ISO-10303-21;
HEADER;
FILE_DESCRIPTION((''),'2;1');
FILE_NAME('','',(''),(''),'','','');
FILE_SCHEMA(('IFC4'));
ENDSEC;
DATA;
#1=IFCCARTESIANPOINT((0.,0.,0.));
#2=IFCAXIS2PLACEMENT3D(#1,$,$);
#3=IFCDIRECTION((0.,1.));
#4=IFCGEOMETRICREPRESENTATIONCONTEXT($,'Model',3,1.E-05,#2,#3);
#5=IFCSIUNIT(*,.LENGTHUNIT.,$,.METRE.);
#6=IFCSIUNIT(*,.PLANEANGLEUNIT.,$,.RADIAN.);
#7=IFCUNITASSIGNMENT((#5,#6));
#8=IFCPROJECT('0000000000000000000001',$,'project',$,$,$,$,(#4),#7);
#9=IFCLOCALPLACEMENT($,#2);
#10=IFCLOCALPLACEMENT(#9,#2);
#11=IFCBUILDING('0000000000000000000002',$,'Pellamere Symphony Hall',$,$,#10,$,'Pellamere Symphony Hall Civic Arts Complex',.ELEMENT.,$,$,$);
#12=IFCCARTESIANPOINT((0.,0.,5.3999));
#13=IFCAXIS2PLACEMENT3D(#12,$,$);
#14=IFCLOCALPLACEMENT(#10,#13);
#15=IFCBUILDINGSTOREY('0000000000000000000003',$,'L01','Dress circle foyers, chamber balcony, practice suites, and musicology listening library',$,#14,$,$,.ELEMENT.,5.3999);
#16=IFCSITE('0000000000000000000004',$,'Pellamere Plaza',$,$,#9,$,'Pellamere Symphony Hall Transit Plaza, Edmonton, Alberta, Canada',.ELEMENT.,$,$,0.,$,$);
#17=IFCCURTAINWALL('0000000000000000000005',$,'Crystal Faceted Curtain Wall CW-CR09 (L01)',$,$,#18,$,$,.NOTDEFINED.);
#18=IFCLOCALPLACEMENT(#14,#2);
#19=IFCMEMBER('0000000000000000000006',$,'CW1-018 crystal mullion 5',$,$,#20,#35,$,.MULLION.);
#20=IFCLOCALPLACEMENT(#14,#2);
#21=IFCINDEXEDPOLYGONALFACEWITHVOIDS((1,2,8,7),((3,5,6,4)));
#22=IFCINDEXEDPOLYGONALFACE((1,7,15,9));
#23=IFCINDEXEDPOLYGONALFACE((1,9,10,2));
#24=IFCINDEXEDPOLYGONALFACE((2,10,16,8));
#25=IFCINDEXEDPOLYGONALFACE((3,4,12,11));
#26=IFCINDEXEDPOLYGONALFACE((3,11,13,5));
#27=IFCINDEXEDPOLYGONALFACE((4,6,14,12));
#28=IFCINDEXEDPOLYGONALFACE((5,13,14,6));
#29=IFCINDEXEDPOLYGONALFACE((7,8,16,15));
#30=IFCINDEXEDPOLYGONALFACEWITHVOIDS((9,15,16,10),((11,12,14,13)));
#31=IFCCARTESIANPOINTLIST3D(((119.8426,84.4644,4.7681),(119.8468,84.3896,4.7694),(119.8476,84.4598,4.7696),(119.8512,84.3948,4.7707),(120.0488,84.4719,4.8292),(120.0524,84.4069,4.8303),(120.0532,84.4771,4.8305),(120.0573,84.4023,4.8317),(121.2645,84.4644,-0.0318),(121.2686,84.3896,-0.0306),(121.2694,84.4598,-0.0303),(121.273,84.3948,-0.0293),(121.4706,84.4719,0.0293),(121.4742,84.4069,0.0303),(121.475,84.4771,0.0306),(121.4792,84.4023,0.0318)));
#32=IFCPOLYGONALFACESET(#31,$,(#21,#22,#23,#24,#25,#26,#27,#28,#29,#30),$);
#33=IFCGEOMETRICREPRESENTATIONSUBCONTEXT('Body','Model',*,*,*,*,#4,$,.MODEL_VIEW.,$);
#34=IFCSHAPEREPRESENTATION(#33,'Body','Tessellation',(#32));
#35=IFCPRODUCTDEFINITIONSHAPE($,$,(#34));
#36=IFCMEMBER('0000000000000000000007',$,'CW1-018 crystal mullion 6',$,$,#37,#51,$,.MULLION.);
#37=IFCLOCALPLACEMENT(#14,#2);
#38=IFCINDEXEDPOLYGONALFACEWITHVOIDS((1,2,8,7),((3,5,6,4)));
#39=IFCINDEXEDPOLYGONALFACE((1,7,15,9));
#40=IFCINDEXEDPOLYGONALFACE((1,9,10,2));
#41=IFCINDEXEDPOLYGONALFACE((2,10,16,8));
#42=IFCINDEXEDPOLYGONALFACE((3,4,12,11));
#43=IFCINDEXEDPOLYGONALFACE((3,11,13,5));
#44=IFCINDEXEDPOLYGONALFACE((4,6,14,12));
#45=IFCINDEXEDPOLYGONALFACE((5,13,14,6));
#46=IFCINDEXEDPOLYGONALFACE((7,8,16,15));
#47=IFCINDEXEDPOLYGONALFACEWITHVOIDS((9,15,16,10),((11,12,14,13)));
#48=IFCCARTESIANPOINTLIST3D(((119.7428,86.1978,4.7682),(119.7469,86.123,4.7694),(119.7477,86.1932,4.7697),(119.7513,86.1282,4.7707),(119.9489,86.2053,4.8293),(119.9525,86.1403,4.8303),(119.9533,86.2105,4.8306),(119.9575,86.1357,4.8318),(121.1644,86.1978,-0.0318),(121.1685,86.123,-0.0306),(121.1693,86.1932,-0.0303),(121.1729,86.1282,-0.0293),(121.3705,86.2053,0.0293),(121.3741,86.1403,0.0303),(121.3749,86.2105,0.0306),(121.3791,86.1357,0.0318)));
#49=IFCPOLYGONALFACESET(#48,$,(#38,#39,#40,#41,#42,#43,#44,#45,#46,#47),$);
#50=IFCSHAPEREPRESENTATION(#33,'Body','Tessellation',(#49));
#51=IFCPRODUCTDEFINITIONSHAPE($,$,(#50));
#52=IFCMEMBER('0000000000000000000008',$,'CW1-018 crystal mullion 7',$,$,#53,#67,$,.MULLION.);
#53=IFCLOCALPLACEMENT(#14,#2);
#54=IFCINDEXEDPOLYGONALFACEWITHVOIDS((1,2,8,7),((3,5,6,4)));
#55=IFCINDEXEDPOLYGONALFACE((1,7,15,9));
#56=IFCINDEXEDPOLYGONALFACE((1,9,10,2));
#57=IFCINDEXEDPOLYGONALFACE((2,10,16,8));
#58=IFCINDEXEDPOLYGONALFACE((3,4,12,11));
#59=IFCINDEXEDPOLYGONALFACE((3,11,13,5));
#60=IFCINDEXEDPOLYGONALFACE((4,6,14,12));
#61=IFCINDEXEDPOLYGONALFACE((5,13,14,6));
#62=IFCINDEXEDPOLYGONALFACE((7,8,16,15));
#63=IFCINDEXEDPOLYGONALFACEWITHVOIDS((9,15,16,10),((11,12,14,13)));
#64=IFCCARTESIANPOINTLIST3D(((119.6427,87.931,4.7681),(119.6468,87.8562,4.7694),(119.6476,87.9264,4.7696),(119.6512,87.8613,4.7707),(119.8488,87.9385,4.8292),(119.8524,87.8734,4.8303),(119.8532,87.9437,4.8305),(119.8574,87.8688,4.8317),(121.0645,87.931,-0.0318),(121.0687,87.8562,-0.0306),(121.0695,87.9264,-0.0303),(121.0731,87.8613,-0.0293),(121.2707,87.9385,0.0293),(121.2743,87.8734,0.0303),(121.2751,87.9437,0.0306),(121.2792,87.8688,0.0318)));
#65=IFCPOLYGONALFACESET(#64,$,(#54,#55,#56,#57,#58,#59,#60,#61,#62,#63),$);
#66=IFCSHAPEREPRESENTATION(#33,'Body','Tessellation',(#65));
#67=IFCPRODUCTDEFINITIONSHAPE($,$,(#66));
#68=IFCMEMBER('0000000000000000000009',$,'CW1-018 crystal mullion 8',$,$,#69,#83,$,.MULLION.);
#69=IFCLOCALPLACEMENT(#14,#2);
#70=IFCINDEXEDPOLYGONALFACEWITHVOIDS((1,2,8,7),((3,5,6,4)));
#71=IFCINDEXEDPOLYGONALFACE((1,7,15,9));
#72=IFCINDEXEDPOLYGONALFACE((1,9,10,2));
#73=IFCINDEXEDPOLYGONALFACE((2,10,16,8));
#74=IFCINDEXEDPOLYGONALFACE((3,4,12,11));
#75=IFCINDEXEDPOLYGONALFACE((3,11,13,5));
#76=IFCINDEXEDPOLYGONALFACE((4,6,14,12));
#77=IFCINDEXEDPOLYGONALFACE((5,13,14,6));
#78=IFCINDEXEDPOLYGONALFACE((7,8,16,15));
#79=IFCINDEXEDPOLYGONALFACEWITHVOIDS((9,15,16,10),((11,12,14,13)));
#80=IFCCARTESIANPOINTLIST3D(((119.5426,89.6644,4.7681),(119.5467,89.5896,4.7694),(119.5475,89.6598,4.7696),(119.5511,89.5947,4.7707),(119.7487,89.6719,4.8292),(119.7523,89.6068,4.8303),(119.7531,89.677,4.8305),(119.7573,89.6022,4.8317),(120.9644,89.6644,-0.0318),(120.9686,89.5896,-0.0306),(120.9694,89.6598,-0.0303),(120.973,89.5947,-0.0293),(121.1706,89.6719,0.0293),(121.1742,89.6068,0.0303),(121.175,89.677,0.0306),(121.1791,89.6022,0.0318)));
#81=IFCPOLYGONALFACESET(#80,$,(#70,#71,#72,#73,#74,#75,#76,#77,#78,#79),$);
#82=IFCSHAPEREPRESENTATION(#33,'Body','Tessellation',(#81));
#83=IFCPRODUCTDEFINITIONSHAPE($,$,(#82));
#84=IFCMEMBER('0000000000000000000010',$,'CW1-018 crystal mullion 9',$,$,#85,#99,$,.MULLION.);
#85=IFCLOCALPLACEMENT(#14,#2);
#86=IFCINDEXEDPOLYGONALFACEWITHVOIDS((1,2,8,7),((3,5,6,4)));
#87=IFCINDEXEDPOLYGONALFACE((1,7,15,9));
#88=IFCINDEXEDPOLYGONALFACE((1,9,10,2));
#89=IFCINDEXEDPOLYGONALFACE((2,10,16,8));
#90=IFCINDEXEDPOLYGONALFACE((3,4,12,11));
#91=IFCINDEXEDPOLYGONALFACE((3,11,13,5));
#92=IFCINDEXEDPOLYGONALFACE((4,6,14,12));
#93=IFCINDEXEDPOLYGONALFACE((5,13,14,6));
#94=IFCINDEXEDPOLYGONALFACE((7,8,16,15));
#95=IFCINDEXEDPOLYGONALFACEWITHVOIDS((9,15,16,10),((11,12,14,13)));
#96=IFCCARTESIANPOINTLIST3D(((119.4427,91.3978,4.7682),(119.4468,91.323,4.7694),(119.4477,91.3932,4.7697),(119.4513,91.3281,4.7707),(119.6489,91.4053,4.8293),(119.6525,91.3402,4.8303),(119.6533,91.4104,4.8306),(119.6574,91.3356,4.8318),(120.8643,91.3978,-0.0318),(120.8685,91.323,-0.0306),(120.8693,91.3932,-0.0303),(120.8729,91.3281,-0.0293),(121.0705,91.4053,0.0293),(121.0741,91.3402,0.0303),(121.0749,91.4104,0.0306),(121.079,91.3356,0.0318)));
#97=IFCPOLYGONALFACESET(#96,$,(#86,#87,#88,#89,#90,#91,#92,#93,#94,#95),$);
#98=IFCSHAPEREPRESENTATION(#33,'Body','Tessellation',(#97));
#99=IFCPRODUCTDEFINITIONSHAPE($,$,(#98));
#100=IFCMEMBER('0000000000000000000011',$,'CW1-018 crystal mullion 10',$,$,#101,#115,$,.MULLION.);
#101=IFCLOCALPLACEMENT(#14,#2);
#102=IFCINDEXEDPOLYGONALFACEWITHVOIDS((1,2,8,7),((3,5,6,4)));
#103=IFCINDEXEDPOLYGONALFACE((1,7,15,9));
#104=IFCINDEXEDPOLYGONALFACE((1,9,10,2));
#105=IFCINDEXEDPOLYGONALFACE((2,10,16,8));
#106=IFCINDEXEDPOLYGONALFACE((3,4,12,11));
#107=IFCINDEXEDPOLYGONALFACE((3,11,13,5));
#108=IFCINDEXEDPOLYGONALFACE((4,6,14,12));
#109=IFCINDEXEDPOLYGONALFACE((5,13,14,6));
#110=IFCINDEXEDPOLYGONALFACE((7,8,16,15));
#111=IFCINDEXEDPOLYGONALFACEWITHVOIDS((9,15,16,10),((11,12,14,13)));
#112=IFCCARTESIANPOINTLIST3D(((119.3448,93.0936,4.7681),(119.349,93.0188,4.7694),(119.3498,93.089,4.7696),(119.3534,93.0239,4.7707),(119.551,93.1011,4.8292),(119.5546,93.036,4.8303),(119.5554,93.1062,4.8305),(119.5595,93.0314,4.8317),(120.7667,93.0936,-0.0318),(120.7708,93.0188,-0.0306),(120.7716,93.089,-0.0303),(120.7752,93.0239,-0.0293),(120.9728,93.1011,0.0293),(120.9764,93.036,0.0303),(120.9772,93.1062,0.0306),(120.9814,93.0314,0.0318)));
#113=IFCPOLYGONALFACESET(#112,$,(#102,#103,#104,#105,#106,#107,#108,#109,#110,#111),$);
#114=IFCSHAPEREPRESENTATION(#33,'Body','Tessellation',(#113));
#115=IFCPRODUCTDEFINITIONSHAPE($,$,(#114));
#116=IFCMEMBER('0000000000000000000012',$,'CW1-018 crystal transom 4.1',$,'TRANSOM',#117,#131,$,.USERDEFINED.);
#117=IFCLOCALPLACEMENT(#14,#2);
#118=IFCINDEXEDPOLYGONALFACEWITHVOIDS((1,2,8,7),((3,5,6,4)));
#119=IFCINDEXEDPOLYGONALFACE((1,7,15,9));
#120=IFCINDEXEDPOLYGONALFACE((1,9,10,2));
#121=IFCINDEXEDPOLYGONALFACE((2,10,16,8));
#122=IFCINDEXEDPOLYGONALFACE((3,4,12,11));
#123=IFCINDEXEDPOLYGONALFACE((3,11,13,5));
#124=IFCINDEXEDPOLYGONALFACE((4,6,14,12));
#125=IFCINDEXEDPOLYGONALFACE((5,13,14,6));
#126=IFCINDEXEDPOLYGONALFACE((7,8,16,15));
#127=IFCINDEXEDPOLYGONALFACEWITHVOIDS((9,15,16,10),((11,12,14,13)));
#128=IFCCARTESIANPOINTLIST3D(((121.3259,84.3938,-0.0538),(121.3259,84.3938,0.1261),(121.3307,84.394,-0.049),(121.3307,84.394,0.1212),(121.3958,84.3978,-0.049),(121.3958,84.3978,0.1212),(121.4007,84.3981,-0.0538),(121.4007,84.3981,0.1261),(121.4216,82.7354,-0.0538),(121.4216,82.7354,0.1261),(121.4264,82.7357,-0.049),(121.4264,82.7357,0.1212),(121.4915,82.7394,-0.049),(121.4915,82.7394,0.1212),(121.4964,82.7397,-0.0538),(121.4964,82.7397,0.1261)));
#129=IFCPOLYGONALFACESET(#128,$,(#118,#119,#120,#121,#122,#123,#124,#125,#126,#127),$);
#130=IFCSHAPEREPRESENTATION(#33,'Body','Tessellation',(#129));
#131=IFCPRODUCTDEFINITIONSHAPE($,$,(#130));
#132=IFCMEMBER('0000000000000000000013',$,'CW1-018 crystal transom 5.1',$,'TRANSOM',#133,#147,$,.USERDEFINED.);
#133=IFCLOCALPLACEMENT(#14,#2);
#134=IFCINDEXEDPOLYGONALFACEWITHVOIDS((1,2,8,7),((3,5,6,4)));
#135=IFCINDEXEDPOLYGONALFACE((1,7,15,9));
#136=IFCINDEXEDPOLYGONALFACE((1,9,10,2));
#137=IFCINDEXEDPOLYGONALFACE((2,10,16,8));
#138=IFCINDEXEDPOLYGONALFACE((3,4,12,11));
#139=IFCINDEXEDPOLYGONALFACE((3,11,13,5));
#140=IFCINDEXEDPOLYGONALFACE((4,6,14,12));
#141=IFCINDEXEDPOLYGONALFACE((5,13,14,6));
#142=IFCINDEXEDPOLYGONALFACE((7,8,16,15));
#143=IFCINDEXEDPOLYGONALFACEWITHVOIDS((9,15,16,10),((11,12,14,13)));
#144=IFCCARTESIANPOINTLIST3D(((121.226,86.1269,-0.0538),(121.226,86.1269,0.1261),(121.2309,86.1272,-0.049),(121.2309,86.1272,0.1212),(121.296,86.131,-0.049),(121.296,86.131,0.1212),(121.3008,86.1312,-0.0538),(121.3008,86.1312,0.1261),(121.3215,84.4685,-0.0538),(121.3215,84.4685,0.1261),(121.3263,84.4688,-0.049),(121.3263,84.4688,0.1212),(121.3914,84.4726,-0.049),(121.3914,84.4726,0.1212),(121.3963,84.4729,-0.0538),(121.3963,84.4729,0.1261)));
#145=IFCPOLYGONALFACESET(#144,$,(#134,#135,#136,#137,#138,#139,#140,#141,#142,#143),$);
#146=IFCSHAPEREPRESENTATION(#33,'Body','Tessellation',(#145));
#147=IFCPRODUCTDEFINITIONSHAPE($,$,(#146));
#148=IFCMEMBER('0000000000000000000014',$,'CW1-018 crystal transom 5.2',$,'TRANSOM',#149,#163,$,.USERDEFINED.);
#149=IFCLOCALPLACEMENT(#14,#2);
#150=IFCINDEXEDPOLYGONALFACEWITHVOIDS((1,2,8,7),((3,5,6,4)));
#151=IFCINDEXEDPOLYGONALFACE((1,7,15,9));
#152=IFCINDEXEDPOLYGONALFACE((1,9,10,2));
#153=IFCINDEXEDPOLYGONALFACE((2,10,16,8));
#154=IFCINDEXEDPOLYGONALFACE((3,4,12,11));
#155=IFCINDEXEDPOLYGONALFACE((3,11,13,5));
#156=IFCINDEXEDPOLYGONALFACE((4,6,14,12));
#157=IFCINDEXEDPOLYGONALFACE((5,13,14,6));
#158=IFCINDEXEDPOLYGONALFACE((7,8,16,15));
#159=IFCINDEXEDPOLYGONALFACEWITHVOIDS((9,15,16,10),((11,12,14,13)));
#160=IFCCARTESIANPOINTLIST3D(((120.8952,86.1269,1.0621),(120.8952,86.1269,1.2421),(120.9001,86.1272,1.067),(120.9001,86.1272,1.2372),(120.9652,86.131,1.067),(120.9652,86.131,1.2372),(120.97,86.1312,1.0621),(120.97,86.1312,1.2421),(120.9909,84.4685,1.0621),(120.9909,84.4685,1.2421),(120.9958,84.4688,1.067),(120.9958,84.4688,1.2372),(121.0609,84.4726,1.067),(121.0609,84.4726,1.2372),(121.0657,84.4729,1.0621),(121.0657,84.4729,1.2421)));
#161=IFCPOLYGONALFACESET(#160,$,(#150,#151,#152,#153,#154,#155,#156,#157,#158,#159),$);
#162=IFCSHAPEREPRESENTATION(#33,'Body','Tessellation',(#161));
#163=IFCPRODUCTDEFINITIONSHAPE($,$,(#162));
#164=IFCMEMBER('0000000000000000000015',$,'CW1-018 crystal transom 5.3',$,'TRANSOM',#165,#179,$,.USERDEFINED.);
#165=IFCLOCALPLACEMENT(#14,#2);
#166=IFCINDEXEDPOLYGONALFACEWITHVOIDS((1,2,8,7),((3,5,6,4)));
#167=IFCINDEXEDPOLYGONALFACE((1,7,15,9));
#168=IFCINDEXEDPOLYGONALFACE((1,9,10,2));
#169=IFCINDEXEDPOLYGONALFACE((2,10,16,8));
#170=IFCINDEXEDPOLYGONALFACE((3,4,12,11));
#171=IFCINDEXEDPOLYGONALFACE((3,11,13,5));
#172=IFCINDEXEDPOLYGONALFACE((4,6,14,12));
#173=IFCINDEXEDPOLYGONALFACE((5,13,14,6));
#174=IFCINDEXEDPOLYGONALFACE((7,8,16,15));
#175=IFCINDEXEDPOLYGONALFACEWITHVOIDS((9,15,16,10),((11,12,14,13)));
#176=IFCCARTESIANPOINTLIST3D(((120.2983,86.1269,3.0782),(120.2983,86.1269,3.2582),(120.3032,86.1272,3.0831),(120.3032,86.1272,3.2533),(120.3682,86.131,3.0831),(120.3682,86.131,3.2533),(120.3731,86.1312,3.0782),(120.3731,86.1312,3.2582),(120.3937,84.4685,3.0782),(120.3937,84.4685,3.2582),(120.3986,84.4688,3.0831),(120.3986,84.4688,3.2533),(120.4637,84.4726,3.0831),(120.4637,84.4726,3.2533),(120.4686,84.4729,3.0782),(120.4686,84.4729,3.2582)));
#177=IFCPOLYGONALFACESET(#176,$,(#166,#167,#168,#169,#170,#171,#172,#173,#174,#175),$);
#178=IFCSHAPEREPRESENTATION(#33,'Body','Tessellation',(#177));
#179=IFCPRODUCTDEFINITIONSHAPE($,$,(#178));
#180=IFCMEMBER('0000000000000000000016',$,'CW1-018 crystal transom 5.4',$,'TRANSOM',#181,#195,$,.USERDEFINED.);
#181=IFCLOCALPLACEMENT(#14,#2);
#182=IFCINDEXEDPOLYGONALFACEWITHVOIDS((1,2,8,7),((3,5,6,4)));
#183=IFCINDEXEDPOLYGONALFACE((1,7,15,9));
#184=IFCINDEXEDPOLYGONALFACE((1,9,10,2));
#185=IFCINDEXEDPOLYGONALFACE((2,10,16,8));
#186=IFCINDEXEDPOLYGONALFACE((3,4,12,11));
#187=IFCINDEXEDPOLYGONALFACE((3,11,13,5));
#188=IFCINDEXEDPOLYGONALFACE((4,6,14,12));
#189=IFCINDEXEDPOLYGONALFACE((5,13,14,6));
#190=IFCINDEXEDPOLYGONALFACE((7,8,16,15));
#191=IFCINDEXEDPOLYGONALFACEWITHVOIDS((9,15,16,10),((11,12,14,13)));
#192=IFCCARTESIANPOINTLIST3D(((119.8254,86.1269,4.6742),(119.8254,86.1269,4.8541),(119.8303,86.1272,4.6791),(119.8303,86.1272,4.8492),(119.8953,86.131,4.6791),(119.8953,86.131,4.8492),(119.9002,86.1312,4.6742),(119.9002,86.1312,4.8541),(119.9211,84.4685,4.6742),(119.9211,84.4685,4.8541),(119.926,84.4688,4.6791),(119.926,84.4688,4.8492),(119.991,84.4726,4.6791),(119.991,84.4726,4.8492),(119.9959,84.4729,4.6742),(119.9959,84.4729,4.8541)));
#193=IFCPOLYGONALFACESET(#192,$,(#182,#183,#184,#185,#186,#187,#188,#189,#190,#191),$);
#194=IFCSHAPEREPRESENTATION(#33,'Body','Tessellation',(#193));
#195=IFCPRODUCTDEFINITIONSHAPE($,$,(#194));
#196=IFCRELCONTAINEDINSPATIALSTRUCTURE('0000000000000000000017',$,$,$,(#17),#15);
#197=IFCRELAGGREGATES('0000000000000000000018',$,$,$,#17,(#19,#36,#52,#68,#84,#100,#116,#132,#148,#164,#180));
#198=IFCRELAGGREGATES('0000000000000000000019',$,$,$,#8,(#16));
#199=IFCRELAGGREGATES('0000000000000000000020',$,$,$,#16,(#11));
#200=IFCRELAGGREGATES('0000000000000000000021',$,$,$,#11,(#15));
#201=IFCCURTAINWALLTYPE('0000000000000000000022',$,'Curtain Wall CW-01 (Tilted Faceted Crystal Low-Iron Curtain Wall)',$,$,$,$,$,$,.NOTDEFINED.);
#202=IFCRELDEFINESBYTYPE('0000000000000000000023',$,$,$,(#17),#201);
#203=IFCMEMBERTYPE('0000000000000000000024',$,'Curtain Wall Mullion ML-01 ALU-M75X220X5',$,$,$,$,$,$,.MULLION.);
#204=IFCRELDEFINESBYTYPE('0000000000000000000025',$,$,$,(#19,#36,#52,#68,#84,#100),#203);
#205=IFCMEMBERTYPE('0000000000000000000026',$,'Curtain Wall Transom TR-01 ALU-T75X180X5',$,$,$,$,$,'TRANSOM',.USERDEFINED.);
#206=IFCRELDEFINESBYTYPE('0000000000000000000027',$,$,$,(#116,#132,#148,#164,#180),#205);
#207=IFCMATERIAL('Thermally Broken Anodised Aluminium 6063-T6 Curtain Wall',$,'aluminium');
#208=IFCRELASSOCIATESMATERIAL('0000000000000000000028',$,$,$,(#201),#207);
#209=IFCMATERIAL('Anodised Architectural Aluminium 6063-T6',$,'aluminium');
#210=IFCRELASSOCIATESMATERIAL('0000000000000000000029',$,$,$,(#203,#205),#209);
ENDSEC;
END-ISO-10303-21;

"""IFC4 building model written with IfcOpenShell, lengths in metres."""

from ifc_helpers import new_model, si_unit, direction, frame, origin, origin_2d, place, context, subcontext, project, spatial, hollow_rectangle, extrude, material, material_profile, profile_set, type_object, element, aggregate, save


model = new_model("IFC4")

# Units and contexts
model_context = context("Model", 3, precision=1e-05, world=origin(), true_north=direction((0.0, 1.0)))
body_context = subcontext(model_context, "Body", "Model", "MODEL_VIEW")
ifc_project = project(units=[si_unit("LENGTHUNIT", "METRE"), si_unit("PLANEANGLEUNIT", "RADIAN")], contexts=[model_context])

# Site, building, storey
site_placement = place(None, origin())
site = spatial("IfcSite", under=ifc_project, at=site_placement, Name="Pellamere Plaza", LongName="Pellamere Symphony Hall Transit Plaza, Edmonton, Alberta, Canada", CompositionType="ELEMENT", RefElevation=0.0)
building_placement = place(site_placement, origin())
building = spatial("IfcBuilding", under=site, at=building_placement, Name="Pellamere Symphony Hall", LongName="Pellamere Symphony Hall Civic Arts Complex", CompositionType="ELEMENT")
storey_placement = place(building_placement, frame((0.0, 0.0, 5.3999)))
storey = spatial("IfcBuildingStorey", under=building, at=storey_placement, Name="L01", Description="Dress circle foyers, chamber balcony, practice suites, and musicology listening library", CompositionType="ELEMENT", Elevation=5.3999)

# Curtain wall, members
ifc_material_1 = material(Name="Thermally Broken Anodised Aluminium 6063-T6 Curtain Wall", Category="aluminium")
curtain_wall_type = type_object("IfcCurtainWallType", Name="Curtain Wall CW-01 (Tilted Faceted Crystal Low-Iron Curtain Wall)", PredefinedType="NOTDEFINED", material=ifc_material_1)
curtain_wall_placement = place(storey_placement, origin())
curtain_wall = element("IfcCurtainWall", 1, at=curtain_wall_placement, inside=storey, type_object=curtain_wall_type, Name="Crystal Faceted Curtain Wall CW-CR09 (L01)", PredefinedType="NOTDEFINED")
ifc_material_2 = material(Name="Anodised Architectural Aluminium 6063-T6", Category="aluminium")
ifc_material_profile_1 = material_profile(ifc_material_2, hollow_rectangle(XDim=0.075, YDim=0.22, WallThickness=0.0049, at=origin_2d()), Name="ALU-M75X220X5")
ifc_profile_set_1 = profile_set([ifc_material_profile_1], Name="Anodised Architectural Aluminium 6063-T6")
member_type_1 = type_object("IfcMemberType", Name="Curtain Wall Mullion ML-01 ALU-M75X220X5", PredefinedType="MULLION", material=ifc_profile_set_1)
member_1_placement = place(storey_placement, frame((121.3718, 84.4333, 0.0), z_axis=(-0.284022, 0.0, 0.958818), x_axis=(-0.055225, 0.99834, -0.016359)))
member_1 = element("IfcMember", 2, at=member_1_placement, type_object=member_type_1, Name="CW1-018 crystal mullion 5", PredefinedType="MULLION", context=body_context, shape_type="SweptSolid", body=[
    extrude(hollow_rectangle(XDim=0.075, YDim=0.22, WallThickness=0.0049, at=origin_2d()), origin(), (0.0, 0.0, 1.0), 5.0061),
])
member_2_placement = place(storey_placement, frame((121.2717, 86.1667, 0.0), z_axis=(-0.283977, 0.0, 0.958831), x_axis=(-0.055225, 0.99834, -0.016356)))
member_2 = element("IfcMember", 3, at=member_2_placement, type_object=member_type_1, Name="CW1-018 crystal mullion 6", PredefinedType="MULLION", context=body_context, shape_type="SweptSolid", body=[
    extrude(hollow_rectangle(XDim=0.075, YDim=0.22, WallThickness=0.0049, at=origin_2d()), origin(), (0.0, 0.0, 1.0), 5.0061),
])
member_3_placement = place(storey_placement, frame((121.1719, 87.8999, 0.0), z_axis=(-0.284022, 0.0, 0.958818), x_axis=(-0.055225, 0.99834, -0.016359)))
member_3 = element("IfcMember", 4, at=member_3_placement, type_object=member_type_1, Name="CW1-018 crystal mullion 7", PredefinedType="MULLION", context=body_context, shape_type="SweptSolid", body=[
    extrude(hollow_rectangle(XDim=0.075, YDim=0.22, WallThickness=0.0049, at=origin_2d()), origin(), (0.0, 0.0, 1.0), 5.0061),
])
member_4_placement = place(storey_placement, frame((121.0718, 89.6333, 0.0), z_axis=(-0.284022, 0.0, 0.958818), x_axis=(-0.055225, 0.99834, -0.016359)))
member_4 = element("IfcMember", 5, at=member_4_placement, type_object=member_type_1, Name="CW1-018 crystal mullion 8", PredefinedType="MULLION", context=body_context, shape_type="SweptSolid", body=[
    extrude(hollow_rectangle(XDim=0.075, YDim=0.22, WallThickness=0.0049, at=origin_2d()), origin(), (0.0, 0.0, 1.0), 5.0061),
])
member_5_placement = place(storey_placement, frame((120.9717, 91.3667, 0.0), z_axis=(-0.283977, 0.0, 0.958831), x_axis=(-0.055225, 0.99834, -0.016356)))
member_5 = element("IfcMember", 6, at=member_5_placement, type_object=member_type_1, Name="CW1-018 crystal mullion 9", PredefinedType="MULLION", context=body_context, shape_type="SweptSolid", body=[
    extrude(hollow_rectangle(XDim=0.075, YDim=0.22, WallThickness=0.0049, at=origin_2d()), origin(), (0.0, 0.0, 1.0), 5.0061),
])
member_6_placement = place(storey_placement, frame((120.874, 93.0625, 0.0), z_axis=(-0.284022, 0.0, 0.958818), x_axis=(-0.055225, 0.99834, -0.016359)))
member_6 = element("IfcMember", 7, at=member_6_placement, type_object=member_type_1, Name="CW1-018 crystal mullion 10", PredefinedType="MULLION", context=body_context, shape_type="SweptSolid", body=[
    extrude(hollow_rectangle(XDim=0.075, YDim=0.22, WallThickness=0.0049, at=origin_2d()), origin(), (0.0, 0.0, 1.0), 5.0061),
])
ifc_material_profile_2 = material_profile(ifc_material_2, hollow_rectangle(XDim=0.075, YDim=0.1799, WallThickness=0.0049, at=origin_2d()), Name="ALU-T75X180X5")
ifc_profile_set_2 = profile_set([ifc_material_profile_2], Name="Anodised Architectural Aluminium 6063-T6")
member_type_2 = type_object("IfcMemberType", Name="Curtain Wall Transom TR-01 ALU-T75X180X5", ElementType="TRANSOM", PredefinedType="USERDEFINED", material=ifc_profile_set_2)
member_7_placement = place(storey_placement, frame((121.459, 82.7375, 0.0361), z_axis=(-0.057611, 0.998339, 0.0), x_axis=(-0.998339, -0.057611, 0.0)))
member_7 = element("IfcMember", 8, at=member_7_placement, type_object=member_type_2, Name="CW1-018 crystal transom 4.1", ObjectType="TRANSOM", PredefinedType="USERDEFINED", context=body_context, shape_type="SweptSolid", body=[
    extrude(hollow_rectangle(XDim=0.075, YDim=0.1799, WallThickness=0.0049, at=origin_2d()), origin(), (0.0, 0.0, 1.0), 1.6611),
])
member_8_placement = place(storey_placement, frame((121.3589, 84.4707, 0.0361), z_axis=(-0.057464, 0.998348, 0.0), x_axis=(-0.998348, -0.057464, 0.0)))
member_8 = element("IfcMember", 9, at=member_8_placement, type_object=member_type_2, Name="CW1-018 crystal transom 5.1", ObjectType="TRANSOM", PredefinedType="USERDEFINED", context=body_context, shape_type="SweptSolid", body=[
    extrude(hollow_rectangle(XDim=0.075, YDim=0.1799, WallThickness=0.0049, at=origin_2d()), origin(), (0.0, 0.0, 1.0), 1.6611),
])
member_9_placement = place(storey_placement, frame((121.0283, 84.4707, 1.1521), z_axis=(-0.057611, 0.998339, 0.0), x_axis=(-0.998339, -0.057611, 0.0)))
member_9 = element("IfcMember", 10, at=member_9_placement, type_object=member_type_2, Name="CW1-018 crystal transom 5.2", ObjectType="TRANSOM", PredefinedType="USERDEFINED", context=body_context, shape_type="SweptSolid", body=[
    extrude(hollow_rectangle(XDim=0.075, YDim=0.1799, WallThickness=0.0049, at=origin_2d()), origin(), (0.0, 0.0, 1.0), 1.6611),
])
member_10_placement = place(storey_placement, frame((120.4312, 84.4707, 3.1682), z_axis=(-0.057464, 0.998348, 0.0), x_axis=(-0.998348, -0.057464, 0.0)))
member_10 = element("IfcMember", 11, at=member_10_placement, type_object=member_type_2, Name="CW1-018 crystal transom 5.3", ObjectType="TRANSOM", PredefinedType="USERDEFINED", context=body_context, shape_type="SweptSolid", body=[
    extrude(hollow_rectangle(XDim=0.075, YDim=0.1799, WallThickness=0.0049, at=origin_2d()), origin(), (0.0, 0.0, 1.0), 1.6611),
])
member_11_placement = place(storey_placement, frame((119.9585, 84.4707, 4.7642), z_axis=(-0.057611, 0.998339, 0.0), x_axis=(-0.998339, -0.057611, 0.0)))
member_11 = element("IfcMember", 12, at=member_11_placement, type_object=member_type_2, Name="CW1-018 crystal transom 5.4", ObjectType="TRANSOM", PredefinedType="USERDEFINED", context=body_context, shape_type="SweptSolid", body=[
    extrude(hollow_rectangle(XDim=0.075, YDim=0.1799, WallThickness=0.0049, at=origin_2d()), origin(), (0.0, 0.0, 1.0), 1.6611),
])
aggregate(curtain_wall, [member_1, member_2, member_3, member_4, member_5, member_6, member_7, member_8, member_9, member_10, member_11])

save(model, "model.ifc")
